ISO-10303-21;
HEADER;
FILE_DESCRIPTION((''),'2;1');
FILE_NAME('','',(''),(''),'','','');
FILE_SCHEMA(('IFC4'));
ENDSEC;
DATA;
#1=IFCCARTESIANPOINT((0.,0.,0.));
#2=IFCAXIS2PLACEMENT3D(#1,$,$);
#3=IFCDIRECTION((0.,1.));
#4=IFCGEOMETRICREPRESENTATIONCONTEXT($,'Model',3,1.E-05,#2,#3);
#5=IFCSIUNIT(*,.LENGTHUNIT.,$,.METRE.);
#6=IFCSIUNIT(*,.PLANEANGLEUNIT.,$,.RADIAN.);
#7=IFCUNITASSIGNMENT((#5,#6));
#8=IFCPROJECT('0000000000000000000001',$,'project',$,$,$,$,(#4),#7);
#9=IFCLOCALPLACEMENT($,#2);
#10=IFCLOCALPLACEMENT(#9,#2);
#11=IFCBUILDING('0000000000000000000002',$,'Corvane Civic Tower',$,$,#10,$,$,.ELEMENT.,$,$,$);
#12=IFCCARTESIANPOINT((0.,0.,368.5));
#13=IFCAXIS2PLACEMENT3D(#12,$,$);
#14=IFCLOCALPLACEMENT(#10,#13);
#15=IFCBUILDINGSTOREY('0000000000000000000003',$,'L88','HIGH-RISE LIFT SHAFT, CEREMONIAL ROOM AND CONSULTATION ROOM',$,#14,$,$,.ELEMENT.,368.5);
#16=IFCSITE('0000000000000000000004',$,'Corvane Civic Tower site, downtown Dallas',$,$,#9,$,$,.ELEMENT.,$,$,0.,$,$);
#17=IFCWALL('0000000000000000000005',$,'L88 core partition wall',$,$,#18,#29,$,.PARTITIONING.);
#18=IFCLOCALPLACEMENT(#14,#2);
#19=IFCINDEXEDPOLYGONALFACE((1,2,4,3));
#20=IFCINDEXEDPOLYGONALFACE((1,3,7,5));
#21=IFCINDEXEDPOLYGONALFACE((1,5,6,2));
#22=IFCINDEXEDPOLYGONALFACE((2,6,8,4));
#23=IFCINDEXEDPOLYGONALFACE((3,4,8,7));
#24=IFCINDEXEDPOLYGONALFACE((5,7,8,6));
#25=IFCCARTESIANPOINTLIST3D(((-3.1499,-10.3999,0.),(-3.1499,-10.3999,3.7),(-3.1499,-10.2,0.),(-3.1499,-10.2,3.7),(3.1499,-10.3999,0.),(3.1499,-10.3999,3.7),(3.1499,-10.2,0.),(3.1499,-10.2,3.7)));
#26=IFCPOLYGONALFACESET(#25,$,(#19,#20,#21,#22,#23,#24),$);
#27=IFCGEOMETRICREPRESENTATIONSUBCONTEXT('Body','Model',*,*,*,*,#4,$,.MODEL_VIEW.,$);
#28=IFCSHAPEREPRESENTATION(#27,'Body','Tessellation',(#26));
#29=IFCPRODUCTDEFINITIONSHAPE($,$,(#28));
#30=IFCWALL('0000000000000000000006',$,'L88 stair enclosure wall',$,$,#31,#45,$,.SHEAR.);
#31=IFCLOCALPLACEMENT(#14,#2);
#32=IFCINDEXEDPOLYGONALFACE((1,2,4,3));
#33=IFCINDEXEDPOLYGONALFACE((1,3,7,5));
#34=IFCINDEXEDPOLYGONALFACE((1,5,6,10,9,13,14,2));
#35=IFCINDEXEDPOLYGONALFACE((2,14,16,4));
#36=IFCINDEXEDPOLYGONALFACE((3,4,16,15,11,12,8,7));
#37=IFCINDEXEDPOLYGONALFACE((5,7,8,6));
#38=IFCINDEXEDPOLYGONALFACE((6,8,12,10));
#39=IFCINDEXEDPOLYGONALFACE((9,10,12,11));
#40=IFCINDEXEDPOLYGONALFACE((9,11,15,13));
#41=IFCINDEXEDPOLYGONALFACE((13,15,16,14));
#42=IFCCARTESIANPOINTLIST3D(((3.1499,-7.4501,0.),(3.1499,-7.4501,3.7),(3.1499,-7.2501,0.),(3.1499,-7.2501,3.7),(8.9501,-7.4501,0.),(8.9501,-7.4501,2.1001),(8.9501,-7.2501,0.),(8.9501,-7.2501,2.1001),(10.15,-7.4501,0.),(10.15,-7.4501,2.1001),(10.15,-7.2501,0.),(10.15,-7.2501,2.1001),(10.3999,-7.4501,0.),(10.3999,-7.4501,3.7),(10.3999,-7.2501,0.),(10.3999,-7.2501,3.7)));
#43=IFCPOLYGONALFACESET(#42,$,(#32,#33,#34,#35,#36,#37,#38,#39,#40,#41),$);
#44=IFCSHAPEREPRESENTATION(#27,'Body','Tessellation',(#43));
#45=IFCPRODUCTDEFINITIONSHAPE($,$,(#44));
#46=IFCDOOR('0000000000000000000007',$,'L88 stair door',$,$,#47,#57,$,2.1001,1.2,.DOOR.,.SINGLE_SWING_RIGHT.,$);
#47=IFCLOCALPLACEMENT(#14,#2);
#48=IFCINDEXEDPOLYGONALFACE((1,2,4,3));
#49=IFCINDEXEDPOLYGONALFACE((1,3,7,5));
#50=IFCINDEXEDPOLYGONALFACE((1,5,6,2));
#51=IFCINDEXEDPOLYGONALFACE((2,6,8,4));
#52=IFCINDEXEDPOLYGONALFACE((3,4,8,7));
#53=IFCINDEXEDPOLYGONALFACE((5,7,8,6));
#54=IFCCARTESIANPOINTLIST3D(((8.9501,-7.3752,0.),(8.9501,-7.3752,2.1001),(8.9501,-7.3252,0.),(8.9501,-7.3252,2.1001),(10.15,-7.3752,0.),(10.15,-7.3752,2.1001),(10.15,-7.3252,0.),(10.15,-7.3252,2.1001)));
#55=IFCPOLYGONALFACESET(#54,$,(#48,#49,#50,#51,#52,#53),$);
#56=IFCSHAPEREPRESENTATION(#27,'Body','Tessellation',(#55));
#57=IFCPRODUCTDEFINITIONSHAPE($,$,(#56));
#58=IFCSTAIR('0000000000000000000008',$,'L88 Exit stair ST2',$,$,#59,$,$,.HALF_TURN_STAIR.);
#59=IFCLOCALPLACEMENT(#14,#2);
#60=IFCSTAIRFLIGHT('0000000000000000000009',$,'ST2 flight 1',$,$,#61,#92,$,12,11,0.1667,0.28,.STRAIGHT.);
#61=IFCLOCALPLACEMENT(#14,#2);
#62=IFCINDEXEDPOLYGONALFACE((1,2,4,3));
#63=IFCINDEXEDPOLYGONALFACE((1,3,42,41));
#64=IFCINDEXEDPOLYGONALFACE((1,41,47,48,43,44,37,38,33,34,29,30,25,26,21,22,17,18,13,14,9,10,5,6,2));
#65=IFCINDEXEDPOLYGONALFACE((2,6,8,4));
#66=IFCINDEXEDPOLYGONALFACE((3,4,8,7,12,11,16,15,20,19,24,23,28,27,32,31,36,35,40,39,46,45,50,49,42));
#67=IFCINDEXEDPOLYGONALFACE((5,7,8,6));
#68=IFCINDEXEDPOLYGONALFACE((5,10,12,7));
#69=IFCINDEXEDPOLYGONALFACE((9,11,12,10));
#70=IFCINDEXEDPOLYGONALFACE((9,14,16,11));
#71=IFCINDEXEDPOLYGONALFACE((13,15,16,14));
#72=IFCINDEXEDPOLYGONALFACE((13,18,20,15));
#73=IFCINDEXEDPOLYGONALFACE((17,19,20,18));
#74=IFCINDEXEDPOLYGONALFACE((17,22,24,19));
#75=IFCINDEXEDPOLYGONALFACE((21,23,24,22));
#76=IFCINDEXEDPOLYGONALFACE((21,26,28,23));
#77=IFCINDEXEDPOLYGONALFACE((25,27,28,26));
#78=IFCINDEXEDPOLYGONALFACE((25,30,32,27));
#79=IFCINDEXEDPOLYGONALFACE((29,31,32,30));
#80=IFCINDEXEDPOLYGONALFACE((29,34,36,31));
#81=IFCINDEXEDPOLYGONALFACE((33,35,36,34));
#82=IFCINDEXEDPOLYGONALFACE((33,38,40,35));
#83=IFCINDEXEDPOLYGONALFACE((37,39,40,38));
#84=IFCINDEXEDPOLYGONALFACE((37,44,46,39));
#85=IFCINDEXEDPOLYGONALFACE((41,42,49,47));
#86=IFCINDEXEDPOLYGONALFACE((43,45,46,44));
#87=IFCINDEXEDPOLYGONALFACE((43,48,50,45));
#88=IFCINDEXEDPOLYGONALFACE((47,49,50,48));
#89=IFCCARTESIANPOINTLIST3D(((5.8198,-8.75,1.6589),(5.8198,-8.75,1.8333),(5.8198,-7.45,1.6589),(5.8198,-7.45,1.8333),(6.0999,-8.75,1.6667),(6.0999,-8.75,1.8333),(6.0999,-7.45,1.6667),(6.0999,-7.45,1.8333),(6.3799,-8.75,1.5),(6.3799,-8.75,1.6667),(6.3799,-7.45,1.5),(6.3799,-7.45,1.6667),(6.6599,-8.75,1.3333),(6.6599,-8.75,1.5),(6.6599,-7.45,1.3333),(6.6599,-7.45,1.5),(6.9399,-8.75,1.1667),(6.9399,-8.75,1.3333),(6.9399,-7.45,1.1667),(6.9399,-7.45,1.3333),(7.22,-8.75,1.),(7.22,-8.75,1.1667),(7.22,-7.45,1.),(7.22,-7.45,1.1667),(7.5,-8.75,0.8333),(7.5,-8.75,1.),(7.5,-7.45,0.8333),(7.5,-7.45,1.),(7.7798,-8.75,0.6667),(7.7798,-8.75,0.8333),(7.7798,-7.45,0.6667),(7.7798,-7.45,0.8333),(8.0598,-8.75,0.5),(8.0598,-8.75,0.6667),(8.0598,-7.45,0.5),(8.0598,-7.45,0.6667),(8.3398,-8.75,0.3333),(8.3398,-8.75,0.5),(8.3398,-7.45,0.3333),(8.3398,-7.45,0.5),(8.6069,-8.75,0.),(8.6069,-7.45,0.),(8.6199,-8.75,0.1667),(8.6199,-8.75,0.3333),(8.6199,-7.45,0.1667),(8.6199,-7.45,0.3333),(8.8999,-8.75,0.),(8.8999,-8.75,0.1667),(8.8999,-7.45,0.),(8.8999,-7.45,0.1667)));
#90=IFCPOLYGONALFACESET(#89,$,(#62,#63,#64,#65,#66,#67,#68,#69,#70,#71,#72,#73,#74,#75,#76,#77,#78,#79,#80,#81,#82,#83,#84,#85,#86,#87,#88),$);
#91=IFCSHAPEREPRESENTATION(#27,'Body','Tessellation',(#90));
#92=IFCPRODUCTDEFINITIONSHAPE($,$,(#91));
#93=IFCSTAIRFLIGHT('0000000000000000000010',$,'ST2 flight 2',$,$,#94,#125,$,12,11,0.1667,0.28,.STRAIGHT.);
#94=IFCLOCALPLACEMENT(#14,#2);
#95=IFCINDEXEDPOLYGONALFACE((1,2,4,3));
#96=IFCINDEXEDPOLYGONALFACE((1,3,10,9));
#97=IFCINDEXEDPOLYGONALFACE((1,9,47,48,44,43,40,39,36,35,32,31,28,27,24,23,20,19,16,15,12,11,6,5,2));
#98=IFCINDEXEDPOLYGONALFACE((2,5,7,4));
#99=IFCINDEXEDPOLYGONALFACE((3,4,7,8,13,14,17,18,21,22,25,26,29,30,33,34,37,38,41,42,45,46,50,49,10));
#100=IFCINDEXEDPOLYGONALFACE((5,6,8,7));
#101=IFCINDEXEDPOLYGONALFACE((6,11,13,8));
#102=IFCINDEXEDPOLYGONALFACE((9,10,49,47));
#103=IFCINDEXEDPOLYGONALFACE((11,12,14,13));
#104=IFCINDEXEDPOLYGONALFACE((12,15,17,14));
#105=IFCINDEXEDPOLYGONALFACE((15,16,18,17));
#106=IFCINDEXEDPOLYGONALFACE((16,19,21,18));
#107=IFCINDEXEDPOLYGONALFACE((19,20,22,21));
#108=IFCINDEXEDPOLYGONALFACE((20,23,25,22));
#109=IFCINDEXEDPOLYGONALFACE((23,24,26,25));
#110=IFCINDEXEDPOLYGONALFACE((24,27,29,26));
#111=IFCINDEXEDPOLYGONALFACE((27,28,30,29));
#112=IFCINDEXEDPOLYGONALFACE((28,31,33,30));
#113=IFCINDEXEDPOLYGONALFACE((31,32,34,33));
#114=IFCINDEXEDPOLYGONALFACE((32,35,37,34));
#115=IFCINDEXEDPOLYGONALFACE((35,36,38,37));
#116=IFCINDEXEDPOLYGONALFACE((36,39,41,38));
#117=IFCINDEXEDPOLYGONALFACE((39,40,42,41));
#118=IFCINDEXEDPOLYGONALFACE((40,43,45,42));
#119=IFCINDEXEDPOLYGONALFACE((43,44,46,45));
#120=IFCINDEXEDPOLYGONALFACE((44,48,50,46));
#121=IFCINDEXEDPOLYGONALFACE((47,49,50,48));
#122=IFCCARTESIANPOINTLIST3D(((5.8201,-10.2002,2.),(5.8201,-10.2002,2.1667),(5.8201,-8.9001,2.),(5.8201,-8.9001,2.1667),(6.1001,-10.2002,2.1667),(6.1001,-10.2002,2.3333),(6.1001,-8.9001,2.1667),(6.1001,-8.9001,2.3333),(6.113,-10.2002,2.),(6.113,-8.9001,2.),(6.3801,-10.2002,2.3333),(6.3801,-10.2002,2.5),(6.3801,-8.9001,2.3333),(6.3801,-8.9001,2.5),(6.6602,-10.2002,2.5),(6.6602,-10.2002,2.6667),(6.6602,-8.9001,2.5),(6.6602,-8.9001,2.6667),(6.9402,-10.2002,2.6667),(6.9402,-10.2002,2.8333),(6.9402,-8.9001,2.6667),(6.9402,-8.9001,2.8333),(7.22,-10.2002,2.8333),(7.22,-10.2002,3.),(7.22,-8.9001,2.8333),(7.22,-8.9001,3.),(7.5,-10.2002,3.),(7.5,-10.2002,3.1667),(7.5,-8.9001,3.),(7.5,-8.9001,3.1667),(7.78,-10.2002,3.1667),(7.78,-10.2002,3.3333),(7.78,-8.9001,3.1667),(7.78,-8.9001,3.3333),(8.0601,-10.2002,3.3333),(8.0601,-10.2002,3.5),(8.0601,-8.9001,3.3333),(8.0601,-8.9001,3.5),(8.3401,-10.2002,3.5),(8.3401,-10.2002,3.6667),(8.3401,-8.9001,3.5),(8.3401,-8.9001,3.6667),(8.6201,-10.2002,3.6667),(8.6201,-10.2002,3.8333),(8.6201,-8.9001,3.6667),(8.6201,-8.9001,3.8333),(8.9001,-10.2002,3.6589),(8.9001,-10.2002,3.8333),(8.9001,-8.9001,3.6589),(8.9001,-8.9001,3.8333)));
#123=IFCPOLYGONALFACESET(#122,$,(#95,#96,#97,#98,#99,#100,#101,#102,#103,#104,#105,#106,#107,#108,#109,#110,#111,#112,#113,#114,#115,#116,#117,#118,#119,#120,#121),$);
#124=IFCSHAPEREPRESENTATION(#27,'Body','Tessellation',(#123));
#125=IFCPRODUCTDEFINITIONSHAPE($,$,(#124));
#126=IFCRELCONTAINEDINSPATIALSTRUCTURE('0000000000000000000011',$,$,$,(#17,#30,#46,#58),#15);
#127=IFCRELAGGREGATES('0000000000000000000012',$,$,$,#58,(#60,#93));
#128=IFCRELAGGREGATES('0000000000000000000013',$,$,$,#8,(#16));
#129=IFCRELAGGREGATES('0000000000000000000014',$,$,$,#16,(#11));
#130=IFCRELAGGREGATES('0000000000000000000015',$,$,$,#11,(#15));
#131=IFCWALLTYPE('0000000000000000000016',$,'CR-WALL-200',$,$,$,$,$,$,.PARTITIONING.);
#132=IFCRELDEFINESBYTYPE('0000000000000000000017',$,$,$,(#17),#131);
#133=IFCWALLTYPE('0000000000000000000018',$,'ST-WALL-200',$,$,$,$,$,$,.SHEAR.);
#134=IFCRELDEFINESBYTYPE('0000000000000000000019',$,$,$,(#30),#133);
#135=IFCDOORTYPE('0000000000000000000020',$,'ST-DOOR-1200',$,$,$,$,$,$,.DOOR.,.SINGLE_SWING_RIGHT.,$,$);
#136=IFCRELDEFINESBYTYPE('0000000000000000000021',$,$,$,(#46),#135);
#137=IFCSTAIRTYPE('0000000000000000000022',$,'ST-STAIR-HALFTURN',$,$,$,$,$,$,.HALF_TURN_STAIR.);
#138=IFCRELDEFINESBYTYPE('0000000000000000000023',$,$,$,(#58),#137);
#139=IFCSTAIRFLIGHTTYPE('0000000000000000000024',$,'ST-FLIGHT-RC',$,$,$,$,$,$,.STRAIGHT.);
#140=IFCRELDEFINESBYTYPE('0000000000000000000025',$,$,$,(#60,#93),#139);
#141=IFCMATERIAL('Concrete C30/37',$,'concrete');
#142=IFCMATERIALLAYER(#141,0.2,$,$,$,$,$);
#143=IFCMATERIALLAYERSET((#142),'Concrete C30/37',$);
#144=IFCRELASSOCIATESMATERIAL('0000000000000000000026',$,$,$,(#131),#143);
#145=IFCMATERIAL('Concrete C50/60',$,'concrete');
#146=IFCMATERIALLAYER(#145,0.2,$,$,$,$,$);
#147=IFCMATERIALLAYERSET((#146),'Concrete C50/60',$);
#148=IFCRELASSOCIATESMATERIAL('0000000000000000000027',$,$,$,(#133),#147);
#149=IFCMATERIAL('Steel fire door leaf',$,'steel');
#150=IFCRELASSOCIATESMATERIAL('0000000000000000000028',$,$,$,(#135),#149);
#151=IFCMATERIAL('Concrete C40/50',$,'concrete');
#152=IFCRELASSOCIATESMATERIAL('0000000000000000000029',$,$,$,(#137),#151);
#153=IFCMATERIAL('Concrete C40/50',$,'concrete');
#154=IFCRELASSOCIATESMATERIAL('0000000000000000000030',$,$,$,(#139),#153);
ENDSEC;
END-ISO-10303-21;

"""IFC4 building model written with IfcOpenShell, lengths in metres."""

from ifc_helpers import new_model, si_unit, direction, frame, frame_2d, origin, place, context, subcontext, project, spatial, polyline, rectangle, outline, extrude, material, layer, layer_set, type_object, element, fill, aggregate, save


model = new_model("IFC4")

# Units and contexts
model_context = context("Model", 3, precision=1e-05, world=origin(), true_north=direction((0.0, 1.0)))
body_context = subcontext(model_context, "Body", "Model", "MODEL_VIEW")
ifc_project = project(units=[si_unit("LENGTHUNIT", "METRE"), si_unit("PLANEANGLEUNIT", "RADIAN")], contexts=[model_context])

# Site, building, storey
site_placement = place(None, origin())
site = spatial("IfcSite", under=ifc_project, at=site_placement, Name="Corvane Civic Tower site, downtown Dallas", CompositionType="ELEMENT", RefElevation=0.0)
building_placement = place(site_placement, origin())
building = spatial("IfcBuilding", under=site, at=building_placement, Name="Corvane Civic Tower", CompositionType="ELEMENT")
storey_placement = place(building_placement, frame((0.0, 0.0, 368.5)))
storey = spatial("IfcBuildingStorey", under=building, at=storey_placement, Name="L88", Description="HIGH-RISE LIFT SHAFT, CEREMONIAL ROOM AND CONSULTATION ROOM", CompositionType="ELEMENT", Elevation=368.5)

# Shared definitions
ifc_material_1 = material(Name="Concrete C30/37", Category="concrete")
ifc_layer_1 = layer(ifc_material_1, 0.2)
ifc_layer_set_1 = layer_set([ifc_layer_1], Name="Concrete C30/37")
wall_type_1 = type_object("IfcWallType", Name="CR-WALL-200", PredefinedType="PARTITIONING", material=ifc_layer_set_1)

# Wall
wall_1_placement = place(storey_placement, origin())
element("IfcWall", 1, at=wall_1_placement, inside=storey, type_object=wall_type_1, Name="L88 core partition wall", PredefinedType="PARTITIONING", context=body_context, shape_type="SweptSolid", body=[
    extrude(outline(polyline([(3.1499, -10.2), (3.1499, -10.3999), (-3.1499, -10.3999), (-3.1499, -10.2), (3.1499, -10.2)])), origin(), (0.0, 0.0, 1.0), 3.7),
])

# Wall, opening, door
ifc_material_2 = material(Name="Concrete C50/60", Category="concrete")
ifc_layer_2 = layer(ifc_material_2, 0.2)
ifc_layer_set_2 = layer_set([ifc_layer_2], Name="Concrete C50/60")
wall_type_2 = type_object("IfcWallType", Name="ST-WALL-200", PredefinedType="SHEAR", material=ifc_layer_set_2)
wall_2_placement = place(storey_placement, frame((3.1499, -7.3501, 0.0), z_axis=(0.0, 0.0, 1.0), x_axis=(1.0, 0.0, 0.0)))
wall_2 = element("IfcWall", 2, at=wall_2_placement, inside=storey, type_object=wall_type_2, Name="L88 stair enclosure wall", PredefinedType="SHEAR", context=body_context, shape_type="SweptSolid", body=[
    extrude(rectangle(XDim=7.25, YDim=0.2, at=frame_2d((3.625, 0.0))), origin(), (0.0, 0.0, 1.0), 3.7),
])
opening_1_placement = place(wall_2_placement, frame((5.8, 0.0, 0.0)))
opening_1 = element("IfcOpeningElement", 3, at=opening_1_placement, cuts=wall_2, PredefinedType="OPENING", context=body_context, shape_type="SweptSolid", body=[
    extrude(rectangle(XDim=1.2, YDim=2.1001, at=frame_2d((0.6001, 1.05))), frame((0.0, 0.1099, 0.0), z_axis=(0.0, -1.0, 0.0), x_axis=(1.0, 0.0, 0.0)), (0.0, 0.0, 1.0), 0.22),
])
ifc_material_3 = material(Name="Steel fire door leaf", Category="steel")
door_type_1 = type_object("IfcDoorType", Name="ST-DOOR-1200", OperationType="SINGLE_SWING_RIGHT", PredefinedType="DOOR", material=ifc_material_3)
door_1_placement = place(opening_1_placement, origin())
door_1 = element("IfcDoor", 4, at=door_1_placement, inside=storey, type_object=door_type_1, Name="L88 stair door", OperationType="SINGLE_SWING_RIGHT", OverallHeight=2.1001, OverallWidth=1.2, PredefinedType="DOOR", context=body_context, shape_type="SweptSolid", body=[
    extrude(rectangle(XDim=1.2, YDim=2.1001, at=frame_2d((0.6001, 1.05))), frame((0.0, 0.0249, 0.0), z_axis=(0.0, -1.0, 0.0), x_axis=(1.0, 0.0, 0.0)), (0.0, 0.0, 1.0), 0.05),
])
fill(opening_1, door_1)

# Stair, stair flights
ifc_material_4 = material(Name="Concrete C40/50", Category="concrete")
stair_type = type_object("IfcStairType", Name="ST-STAIR-HALFTURN", PredefinedType="HALF_TURN_STAIR", material=ifc_material_4)
stair_placement = place(storey_placement, origin())
stair = element("IfcStair", 5, at=stair_placement, inside=storey, type_object=stair_type, Name="L88 Exit stair ST2", PredefinedType="HALF_TURN_STAIR")
ifc_material_5 = material(Name="Concrete C40/50", Category="concrete")
stair_flight_type = type_object("IfcStairFlightType", Name="ST-FLIGHT-RC", PredefinedType="STRAIGHT", material=ifc_material_5)
stair_flight_1_placement = place(storey_placement, frame((8.8999, -8.1001, 0.0), z_axis=(0.0, 0.0, 1.0), x_axis=(-1.0, 0.0, 0.0)))
stair_flight_1 = element("IfcStairFlight", 6, at=stair_flight_1_placement, type_object=stair_flight_type, Name="ST2 flight 1", NumberOfRisers=12, NumberOfTreads=11, PredefinedType="STRAIGHT", RiserHeight=0.1667, TreadLength=0.28, context=body_context, shape_type="SweptSolid", body=[
    extrude(outline(polyline([(0.0, 0.0), (0.0, 0.1667), (0.28, 0.1667), (0.28, 0.3333), (0.5601, 0.3333), (0.5601, 0.5), (0.8401, 0.5), (0.8401, 0.6667), (1.1201, 0.6667), (1.1201, 0.8333), (1.3999, 0.8333), (1.3999, 1.0), (1.6799, 1.0), (1.6799, 1.1667), (1.96, 1.1667), (1.96, 1.3333), (2.24, 1.3333), (2.24, 1.5), (2.52, 1.5), (2.52, 1.6667), (2.8, 1.6667), (2.8, 1.8333), (3.0801, 1.8333), (3.0801, 2.0), (3.0801, 1.6589), (0.293, 0.0), (0.0, 0.0)])), frame((0.0, 0.6499, 0.0), z_axis=(0.0, -1.0, 0.0), x_axis=(1.0, 0.0, 0.0)), (0.0, 0.0, 1.0), 1.3),
])
stair_flight_2_placement = place(storey_placement, frame((5.8201, -9.55, 2.0), z_axis=(0.0, 0.0, 1.0), x_axis=(1.0, 0.0, 0.0)))
stair_flight_2 = element("IfcStairFlight", 7, at=stair_flight_2_placement, type_object=stair_flight_type, Name="ST2 flight 2", NumberOfRisers=12, NumberOfTreads=11, PredefinedType="STRAIGHT", RiserHeight=0.1667, TreadLength=0.28, context=body_context, shape_type="SweptSolid", body=[
    extrude(outline(polyline([(0.0, 0.0), (0.0, 0.1667), (0.28, 0.1667), (0.28, 0.3333), (0.5601, 0.3333), (0.5601, 0.5), (0.8401, 0.5), (0.8401, 0.6667), (1.1201, 0.6667), (1.1201, 0.8333), (1.3999, 0.8333), (1.3999, 1.0), (1.6799, 1.0), (1.6799, 1.1667), (1.96, 1.1667), (1.96, 1.3333), (2.24, 1.3333), (2.24, 1.5), (2.52, 1.5), (2.52, 1.6667), (2.8, 1.6667), (2.8, 1.8333), (3.0801, 1.8333), (3.0801, 2.0), (3.0801, 1.6589), (0.293, 0.0), (0.0, 0.0)])), frame((0.0, 0.6499, 0.0), z_axis=(0.0, -1.0, 0.0), x_axis=(1.0, 0.0, 0.0)), (0.0, 0.0, 1.0), 1.3),
])
aggregate(stair, [stair_flight_1, stair_flight_2])

save(model, "model.ifc")
